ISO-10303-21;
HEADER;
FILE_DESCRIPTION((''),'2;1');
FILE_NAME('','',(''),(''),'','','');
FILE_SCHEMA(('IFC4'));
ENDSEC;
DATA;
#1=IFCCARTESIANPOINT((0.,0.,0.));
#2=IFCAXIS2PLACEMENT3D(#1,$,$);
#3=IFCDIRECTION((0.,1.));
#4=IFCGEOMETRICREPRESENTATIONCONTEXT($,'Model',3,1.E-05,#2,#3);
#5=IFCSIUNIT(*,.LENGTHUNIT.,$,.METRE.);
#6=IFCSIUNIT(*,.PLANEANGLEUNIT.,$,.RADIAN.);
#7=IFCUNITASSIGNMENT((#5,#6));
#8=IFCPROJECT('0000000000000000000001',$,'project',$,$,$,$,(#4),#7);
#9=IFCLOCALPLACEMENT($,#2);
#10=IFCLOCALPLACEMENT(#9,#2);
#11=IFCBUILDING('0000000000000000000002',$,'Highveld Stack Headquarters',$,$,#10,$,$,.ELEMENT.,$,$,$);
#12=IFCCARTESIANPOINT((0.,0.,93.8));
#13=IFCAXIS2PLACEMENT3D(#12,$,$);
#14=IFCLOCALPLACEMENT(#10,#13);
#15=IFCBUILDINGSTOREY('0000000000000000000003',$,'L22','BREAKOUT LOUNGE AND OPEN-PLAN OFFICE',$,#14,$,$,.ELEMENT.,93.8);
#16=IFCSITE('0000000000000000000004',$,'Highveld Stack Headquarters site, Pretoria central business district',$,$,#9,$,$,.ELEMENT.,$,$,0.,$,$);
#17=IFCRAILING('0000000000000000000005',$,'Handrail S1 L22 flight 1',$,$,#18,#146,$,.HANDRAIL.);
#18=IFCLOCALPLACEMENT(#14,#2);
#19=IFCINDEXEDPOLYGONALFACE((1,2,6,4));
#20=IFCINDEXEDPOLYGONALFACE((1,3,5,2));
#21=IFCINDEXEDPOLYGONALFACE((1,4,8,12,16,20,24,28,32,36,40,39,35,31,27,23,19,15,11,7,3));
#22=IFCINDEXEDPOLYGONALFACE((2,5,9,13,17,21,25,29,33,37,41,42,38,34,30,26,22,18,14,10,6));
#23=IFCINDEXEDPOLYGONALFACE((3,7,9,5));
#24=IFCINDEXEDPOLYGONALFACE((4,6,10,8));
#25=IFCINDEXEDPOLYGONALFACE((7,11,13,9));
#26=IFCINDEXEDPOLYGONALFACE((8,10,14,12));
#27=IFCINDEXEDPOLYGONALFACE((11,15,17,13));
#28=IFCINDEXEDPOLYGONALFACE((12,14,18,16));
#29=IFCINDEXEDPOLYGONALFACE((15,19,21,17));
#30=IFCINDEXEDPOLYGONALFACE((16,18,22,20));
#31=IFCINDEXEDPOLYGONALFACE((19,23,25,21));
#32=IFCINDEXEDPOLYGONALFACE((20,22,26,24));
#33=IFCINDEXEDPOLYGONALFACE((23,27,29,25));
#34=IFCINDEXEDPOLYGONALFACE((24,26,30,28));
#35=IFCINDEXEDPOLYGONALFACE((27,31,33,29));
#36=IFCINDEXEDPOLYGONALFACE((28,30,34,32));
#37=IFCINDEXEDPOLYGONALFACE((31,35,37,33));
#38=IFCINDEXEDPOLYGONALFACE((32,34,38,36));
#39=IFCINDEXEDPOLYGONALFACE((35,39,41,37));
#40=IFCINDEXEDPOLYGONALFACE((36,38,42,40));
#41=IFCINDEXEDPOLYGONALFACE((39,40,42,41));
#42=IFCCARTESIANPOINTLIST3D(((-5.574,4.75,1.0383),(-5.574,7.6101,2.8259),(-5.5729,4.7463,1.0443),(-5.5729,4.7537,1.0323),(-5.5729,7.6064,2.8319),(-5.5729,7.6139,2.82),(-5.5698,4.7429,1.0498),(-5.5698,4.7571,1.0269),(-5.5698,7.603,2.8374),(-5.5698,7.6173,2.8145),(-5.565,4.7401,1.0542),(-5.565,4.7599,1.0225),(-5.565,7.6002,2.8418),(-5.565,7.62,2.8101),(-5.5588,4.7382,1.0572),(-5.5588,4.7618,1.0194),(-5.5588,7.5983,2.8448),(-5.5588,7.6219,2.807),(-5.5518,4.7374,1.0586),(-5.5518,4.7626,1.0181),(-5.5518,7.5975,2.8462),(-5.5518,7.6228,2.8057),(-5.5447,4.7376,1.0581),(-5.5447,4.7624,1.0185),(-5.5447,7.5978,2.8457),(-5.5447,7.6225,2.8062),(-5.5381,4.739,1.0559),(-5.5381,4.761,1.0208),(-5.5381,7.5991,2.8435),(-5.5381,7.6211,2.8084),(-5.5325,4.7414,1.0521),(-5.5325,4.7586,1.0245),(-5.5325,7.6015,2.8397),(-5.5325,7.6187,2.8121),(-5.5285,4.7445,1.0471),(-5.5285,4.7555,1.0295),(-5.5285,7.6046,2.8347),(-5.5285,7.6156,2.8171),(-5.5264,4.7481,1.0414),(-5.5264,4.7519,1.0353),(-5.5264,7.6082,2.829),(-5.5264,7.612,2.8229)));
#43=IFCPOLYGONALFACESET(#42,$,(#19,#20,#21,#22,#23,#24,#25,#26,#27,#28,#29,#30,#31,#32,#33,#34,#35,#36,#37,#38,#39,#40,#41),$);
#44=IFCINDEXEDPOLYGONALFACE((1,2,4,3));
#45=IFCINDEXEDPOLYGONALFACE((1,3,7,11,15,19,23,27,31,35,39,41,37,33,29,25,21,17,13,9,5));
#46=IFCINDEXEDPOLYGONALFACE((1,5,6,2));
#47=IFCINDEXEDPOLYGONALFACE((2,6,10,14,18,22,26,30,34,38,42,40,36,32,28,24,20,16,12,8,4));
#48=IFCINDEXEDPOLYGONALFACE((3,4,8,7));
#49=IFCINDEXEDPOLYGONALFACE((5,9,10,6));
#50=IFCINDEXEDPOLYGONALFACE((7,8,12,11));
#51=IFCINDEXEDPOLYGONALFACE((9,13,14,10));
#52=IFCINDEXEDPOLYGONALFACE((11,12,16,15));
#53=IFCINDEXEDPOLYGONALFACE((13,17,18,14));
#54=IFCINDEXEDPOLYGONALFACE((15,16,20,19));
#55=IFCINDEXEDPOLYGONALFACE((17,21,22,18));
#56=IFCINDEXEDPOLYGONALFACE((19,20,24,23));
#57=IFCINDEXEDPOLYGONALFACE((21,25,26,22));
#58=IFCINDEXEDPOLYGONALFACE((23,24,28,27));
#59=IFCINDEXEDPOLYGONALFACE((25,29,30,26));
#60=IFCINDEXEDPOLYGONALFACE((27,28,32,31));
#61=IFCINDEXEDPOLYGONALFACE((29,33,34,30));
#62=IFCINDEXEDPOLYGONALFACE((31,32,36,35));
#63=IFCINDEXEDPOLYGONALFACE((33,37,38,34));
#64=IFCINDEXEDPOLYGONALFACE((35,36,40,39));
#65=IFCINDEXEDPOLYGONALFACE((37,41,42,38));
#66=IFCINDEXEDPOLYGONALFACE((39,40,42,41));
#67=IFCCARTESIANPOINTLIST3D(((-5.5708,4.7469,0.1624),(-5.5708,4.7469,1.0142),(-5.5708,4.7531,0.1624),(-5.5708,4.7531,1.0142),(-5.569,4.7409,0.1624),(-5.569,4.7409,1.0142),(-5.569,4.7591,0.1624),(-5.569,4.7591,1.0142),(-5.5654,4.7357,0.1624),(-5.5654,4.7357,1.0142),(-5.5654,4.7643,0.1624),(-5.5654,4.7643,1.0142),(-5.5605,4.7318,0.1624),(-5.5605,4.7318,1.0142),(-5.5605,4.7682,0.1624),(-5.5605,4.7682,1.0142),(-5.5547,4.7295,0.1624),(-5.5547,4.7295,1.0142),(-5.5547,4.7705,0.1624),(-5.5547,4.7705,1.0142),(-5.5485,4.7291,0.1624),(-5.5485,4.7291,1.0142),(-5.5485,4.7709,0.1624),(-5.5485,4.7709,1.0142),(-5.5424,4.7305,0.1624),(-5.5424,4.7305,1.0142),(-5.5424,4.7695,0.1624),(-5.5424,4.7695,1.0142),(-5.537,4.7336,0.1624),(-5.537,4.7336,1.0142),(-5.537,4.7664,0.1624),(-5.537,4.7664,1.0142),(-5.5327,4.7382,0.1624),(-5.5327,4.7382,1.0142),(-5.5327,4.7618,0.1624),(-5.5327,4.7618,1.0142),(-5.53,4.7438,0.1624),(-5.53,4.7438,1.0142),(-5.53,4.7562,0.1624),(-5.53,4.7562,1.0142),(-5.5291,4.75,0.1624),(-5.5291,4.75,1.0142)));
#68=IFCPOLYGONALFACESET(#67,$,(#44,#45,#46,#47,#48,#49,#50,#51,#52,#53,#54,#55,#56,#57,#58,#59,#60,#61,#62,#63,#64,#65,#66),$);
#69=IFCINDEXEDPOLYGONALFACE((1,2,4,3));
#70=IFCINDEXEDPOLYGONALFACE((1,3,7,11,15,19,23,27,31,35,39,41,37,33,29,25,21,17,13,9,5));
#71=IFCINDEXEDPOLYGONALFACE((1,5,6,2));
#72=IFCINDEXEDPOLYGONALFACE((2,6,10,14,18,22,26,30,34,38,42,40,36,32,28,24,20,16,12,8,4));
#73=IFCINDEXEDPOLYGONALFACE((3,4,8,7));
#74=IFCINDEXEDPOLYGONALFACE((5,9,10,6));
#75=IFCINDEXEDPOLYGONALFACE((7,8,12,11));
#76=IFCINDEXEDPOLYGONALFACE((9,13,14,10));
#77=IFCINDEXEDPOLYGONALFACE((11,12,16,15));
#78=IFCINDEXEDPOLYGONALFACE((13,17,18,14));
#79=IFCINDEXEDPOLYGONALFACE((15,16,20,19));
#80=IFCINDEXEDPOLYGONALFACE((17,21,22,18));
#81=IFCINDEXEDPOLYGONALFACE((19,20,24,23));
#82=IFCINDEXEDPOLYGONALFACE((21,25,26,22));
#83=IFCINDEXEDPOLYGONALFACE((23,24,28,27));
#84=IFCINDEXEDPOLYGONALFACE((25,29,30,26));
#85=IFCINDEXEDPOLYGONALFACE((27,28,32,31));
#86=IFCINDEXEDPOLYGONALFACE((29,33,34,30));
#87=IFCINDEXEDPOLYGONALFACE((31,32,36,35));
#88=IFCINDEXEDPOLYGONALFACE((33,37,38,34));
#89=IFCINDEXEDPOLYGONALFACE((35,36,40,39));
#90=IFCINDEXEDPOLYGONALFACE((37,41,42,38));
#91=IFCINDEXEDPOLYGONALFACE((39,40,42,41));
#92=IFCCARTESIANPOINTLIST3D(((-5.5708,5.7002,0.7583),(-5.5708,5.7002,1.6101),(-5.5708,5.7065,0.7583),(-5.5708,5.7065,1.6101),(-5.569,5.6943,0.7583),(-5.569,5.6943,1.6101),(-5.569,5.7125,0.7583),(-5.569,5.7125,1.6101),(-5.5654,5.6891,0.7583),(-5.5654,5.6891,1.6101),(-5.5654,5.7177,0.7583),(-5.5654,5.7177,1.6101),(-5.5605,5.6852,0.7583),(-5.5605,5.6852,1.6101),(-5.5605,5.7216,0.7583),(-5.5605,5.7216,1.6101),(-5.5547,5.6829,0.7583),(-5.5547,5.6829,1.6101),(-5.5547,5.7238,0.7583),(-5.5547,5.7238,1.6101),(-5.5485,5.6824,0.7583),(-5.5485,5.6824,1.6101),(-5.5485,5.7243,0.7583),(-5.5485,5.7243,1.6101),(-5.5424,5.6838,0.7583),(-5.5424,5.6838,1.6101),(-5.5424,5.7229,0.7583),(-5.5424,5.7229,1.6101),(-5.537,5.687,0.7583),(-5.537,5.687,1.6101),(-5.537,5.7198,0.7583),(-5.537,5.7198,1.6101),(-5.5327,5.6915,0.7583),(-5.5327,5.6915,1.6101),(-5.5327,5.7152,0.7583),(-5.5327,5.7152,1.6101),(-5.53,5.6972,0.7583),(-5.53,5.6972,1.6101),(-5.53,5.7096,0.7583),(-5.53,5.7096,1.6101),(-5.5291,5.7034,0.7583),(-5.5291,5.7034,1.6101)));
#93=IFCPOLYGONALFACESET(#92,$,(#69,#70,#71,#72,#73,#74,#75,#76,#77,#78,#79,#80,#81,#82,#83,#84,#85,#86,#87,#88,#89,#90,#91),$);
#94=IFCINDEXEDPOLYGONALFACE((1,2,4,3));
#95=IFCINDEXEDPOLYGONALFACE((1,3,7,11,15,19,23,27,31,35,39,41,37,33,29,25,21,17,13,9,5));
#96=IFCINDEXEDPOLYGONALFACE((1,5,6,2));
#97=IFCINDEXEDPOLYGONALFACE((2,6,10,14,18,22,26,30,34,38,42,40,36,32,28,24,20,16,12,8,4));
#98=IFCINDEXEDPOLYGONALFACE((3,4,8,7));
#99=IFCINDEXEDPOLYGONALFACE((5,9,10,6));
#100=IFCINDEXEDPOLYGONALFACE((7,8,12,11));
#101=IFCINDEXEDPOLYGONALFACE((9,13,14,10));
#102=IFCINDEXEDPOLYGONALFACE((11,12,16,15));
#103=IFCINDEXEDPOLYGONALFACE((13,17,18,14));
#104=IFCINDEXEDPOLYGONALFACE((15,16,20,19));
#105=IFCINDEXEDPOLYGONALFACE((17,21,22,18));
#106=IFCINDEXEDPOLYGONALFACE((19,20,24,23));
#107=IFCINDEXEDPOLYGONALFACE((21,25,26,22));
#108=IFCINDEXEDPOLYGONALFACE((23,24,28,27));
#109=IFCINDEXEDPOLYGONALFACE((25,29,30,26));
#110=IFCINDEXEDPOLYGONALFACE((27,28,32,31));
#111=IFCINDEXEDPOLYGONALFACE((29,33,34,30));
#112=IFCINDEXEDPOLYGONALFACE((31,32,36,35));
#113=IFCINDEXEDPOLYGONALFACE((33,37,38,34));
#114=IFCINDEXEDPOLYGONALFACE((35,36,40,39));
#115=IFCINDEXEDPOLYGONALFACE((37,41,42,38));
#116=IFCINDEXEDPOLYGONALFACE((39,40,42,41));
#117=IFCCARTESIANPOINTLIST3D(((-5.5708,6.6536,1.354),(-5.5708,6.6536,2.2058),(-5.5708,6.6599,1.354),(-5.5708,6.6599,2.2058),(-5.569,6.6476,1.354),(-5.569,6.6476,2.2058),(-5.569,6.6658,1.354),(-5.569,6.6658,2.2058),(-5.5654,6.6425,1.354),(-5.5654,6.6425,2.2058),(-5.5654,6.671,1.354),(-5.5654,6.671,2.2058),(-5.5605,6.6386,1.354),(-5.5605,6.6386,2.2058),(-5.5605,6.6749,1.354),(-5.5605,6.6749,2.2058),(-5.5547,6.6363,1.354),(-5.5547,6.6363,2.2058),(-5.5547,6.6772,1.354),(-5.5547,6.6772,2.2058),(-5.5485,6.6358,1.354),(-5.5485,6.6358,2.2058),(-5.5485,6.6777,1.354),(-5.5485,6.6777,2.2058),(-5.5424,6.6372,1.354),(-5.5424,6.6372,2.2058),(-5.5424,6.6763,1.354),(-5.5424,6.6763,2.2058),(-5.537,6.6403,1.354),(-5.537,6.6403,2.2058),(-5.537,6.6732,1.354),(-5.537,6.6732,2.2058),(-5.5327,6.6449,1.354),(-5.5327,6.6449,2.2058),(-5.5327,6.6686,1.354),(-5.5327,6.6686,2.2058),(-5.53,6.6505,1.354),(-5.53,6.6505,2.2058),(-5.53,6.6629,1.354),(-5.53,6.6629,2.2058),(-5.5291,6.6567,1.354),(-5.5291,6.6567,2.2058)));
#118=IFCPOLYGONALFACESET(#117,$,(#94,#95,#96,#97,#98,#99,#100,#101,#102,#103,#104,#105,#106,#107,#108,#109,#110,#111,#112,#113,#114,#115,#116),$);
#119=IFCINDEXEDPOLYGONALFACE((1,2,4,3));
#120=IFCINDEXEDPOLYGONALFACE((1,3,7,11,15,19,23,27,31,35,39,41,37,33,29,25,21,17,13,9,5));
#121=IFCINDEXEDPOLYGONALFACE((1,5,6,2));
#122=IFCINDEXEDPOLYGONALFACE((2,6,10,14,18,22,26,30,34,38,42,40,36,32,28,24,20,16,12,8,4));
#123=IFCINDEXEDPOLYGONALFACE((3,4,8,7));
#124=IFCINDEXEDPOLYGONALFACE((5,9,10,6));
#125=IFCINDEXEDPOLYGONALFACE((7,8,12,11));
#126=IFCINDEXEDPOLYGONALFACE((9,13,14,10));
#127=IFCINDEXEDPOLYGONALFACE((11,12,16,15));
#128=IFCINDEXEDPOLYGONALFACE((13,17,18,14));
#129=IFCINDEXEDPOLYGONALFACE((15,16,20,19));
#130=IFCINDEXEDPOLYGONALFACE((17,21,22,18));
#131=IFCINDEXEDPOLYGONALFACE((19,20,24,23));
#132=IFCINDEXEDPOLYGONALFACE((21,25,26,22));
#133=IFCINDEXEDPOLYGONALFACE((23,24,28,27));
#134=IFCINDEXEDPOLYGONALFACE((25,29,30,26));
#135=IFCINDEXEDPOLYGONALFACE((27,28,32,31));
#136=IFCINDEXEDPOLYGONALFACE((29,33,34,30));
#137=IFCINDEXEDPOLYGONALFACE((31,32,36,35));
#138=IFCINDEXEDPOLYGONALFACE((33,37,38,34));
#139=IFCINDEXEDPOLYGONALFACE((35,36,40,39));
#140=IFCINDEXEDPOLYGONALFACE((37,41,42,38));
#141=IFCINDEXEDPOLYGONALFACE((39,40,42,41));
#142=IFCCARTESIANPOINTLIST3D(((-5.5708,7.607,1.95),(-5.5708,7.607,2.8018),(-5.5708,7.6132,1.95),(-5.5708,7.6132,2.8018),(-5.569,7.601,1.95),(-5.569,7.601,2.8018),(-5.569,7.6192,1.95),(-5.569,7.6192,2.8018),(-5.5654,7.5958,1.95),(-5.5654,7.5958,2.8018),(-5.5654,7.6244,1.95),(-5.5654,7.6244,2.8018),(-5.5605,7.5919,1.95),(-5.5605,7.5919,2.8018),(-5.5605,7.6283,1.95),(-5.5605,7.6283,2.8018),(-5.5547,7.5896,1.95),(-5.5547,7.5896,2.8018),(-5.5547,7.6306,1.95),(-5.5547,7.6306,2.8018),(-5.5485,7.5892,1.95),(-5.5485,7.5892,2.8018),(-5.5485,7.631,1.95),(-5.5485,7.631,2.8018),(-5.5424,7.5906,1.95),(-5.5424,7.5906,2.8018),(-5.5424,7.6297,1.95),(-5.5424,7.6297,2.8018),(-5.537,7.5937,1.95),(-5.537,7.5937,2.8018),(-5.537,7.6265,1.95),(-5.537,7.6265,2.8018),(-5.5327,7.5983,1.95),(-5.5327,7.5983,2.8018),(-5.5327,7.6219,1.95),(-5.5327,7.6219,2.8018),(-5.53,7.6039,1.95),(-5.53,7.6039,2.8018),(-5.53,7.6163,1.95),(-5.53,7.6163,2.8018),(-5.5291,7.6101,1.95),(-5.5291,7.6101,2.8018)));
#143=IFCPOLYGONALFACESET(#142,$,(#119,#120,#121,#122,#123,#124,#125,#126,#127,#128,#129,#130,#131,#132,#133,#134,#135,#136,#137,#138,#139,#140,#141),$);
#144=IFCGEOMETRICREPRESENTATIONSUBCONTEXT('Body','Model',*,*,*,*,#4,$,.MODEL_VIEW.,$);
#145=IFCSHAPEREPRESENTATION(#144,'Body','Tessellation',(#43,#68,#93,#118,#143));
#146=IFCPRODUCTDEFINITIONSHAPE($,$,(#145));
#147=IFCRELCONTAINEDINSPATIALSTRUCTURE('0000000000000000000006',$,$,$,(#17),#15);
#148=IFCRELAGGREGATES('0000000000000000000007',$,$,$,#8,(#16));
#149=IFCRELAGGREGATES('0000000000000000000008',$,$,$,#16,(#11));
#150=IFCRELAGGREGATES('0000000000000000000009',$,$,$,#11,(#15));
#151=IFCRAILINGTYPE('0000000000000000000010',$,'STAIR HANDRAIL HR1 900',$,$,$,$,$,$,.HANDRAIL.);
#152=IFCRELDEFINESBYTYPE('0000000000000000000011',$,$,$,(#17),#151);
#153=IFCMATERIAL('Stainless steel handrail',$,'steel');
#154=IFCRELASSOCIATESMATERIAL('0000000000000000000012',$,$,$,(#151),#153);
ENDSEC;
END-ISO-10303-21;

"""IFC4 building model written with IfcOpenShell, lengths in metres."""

from ifc_helpers import new_model, si_unit, direction, frame, origin, origin_2d, place, context, subcontext, project, spatial, circle, extrude, material, type_object, element, save


model = new_model("IFC4")

# Units and contexts
model_context = context("Model", 3, precision=1e-05, world=origin(), true_north=direction((0.0, 1.0)))
body_context = subcontext(model_context, "Body", "Model", "MODEL_VIEW")
ifc_project = project(units=[si_unit("LENGTHUNIT", "METRE"), si_unit("PLANEANGLEUNIT", "RADIAN")], contexts=[model_context])

# Site, building, storey
site_placement = place(None, origin())
site = spatial("IfcSite", under=ifc_project, at=site_placement, Name="Highveld Stack Headquarters site, Pretoria central business district", CompositionType="ELEMENT", RefElevation=0.0)
building_placement = place(site_placement, origin())
building = spatial("IfcBuilding", under=site, at=building_placement, Name="Highveld Stack Headquarters", CompositionType="ELEMENT")
storey_placement = place(building_placement, frame((0.0, 0.0, 93.8)))
storey = spatial("IfcBuildingStorey", under=building, at=storey_placement, Name="L22", Description="BREAKOUT LOUNGE AND OPEN-PLAN OFFICE", CompositionType="ELEMENT", Elevation=93.8)

# Railing
ifc_material_1 = material(Name="Stainless steel handrail", Category="steel")
railing_type = type_object("IfcRailingType", Name="STAIR HANDRAIL HR1 900", PredefinedType="HANDRAIL", material=ifc_material_1)
for number, where, name in (
    (1, (-5.55, 4.75, 0.1624), "Handrail S1 L22 flight 1"),
):
    element("IfcRailing", number, at=place(storey_placement, frame(where)), inside=storey, type_object=railing_type, Name=name, PredefinedType="HANDRAIL", context=body_context, shape_type="SweptSolid", body=[
        extrude(circle(Radius=0.0239, at=origin_2d()), frame((0.0, 0.0, 0.876), z_axis=(0.0, 0.847994, 0.530005), x_axis=(-1.0, 0.0, 0.0)), (0.0, 0.0, 1.0), 3.3728),
        extrude(circle(Radius=0.021, at=origin_2d()), origin(), (0.0, 0.0, 1.0), 0.8518),
        extrude(circle(Radius=0.021, at=origin_2d()), frame((0.0, 0.9534, 0.5959)), (0.0, 0.0, 1.0), 0.8518),
        extrude(circle(Radius=0.021, at=origin_2d()), frame((0.0, 1.9067, 1.1917)), (0.0, 0.0, 1.0), 0.8518),
        extrude(circle(Radius=0.021, at=origin_2d()), frame((0.0, 2.8601, 1.7876)), (0.0, 0.0, 1.0), 0.8518),
    ])

save(model, "model.ifc")
